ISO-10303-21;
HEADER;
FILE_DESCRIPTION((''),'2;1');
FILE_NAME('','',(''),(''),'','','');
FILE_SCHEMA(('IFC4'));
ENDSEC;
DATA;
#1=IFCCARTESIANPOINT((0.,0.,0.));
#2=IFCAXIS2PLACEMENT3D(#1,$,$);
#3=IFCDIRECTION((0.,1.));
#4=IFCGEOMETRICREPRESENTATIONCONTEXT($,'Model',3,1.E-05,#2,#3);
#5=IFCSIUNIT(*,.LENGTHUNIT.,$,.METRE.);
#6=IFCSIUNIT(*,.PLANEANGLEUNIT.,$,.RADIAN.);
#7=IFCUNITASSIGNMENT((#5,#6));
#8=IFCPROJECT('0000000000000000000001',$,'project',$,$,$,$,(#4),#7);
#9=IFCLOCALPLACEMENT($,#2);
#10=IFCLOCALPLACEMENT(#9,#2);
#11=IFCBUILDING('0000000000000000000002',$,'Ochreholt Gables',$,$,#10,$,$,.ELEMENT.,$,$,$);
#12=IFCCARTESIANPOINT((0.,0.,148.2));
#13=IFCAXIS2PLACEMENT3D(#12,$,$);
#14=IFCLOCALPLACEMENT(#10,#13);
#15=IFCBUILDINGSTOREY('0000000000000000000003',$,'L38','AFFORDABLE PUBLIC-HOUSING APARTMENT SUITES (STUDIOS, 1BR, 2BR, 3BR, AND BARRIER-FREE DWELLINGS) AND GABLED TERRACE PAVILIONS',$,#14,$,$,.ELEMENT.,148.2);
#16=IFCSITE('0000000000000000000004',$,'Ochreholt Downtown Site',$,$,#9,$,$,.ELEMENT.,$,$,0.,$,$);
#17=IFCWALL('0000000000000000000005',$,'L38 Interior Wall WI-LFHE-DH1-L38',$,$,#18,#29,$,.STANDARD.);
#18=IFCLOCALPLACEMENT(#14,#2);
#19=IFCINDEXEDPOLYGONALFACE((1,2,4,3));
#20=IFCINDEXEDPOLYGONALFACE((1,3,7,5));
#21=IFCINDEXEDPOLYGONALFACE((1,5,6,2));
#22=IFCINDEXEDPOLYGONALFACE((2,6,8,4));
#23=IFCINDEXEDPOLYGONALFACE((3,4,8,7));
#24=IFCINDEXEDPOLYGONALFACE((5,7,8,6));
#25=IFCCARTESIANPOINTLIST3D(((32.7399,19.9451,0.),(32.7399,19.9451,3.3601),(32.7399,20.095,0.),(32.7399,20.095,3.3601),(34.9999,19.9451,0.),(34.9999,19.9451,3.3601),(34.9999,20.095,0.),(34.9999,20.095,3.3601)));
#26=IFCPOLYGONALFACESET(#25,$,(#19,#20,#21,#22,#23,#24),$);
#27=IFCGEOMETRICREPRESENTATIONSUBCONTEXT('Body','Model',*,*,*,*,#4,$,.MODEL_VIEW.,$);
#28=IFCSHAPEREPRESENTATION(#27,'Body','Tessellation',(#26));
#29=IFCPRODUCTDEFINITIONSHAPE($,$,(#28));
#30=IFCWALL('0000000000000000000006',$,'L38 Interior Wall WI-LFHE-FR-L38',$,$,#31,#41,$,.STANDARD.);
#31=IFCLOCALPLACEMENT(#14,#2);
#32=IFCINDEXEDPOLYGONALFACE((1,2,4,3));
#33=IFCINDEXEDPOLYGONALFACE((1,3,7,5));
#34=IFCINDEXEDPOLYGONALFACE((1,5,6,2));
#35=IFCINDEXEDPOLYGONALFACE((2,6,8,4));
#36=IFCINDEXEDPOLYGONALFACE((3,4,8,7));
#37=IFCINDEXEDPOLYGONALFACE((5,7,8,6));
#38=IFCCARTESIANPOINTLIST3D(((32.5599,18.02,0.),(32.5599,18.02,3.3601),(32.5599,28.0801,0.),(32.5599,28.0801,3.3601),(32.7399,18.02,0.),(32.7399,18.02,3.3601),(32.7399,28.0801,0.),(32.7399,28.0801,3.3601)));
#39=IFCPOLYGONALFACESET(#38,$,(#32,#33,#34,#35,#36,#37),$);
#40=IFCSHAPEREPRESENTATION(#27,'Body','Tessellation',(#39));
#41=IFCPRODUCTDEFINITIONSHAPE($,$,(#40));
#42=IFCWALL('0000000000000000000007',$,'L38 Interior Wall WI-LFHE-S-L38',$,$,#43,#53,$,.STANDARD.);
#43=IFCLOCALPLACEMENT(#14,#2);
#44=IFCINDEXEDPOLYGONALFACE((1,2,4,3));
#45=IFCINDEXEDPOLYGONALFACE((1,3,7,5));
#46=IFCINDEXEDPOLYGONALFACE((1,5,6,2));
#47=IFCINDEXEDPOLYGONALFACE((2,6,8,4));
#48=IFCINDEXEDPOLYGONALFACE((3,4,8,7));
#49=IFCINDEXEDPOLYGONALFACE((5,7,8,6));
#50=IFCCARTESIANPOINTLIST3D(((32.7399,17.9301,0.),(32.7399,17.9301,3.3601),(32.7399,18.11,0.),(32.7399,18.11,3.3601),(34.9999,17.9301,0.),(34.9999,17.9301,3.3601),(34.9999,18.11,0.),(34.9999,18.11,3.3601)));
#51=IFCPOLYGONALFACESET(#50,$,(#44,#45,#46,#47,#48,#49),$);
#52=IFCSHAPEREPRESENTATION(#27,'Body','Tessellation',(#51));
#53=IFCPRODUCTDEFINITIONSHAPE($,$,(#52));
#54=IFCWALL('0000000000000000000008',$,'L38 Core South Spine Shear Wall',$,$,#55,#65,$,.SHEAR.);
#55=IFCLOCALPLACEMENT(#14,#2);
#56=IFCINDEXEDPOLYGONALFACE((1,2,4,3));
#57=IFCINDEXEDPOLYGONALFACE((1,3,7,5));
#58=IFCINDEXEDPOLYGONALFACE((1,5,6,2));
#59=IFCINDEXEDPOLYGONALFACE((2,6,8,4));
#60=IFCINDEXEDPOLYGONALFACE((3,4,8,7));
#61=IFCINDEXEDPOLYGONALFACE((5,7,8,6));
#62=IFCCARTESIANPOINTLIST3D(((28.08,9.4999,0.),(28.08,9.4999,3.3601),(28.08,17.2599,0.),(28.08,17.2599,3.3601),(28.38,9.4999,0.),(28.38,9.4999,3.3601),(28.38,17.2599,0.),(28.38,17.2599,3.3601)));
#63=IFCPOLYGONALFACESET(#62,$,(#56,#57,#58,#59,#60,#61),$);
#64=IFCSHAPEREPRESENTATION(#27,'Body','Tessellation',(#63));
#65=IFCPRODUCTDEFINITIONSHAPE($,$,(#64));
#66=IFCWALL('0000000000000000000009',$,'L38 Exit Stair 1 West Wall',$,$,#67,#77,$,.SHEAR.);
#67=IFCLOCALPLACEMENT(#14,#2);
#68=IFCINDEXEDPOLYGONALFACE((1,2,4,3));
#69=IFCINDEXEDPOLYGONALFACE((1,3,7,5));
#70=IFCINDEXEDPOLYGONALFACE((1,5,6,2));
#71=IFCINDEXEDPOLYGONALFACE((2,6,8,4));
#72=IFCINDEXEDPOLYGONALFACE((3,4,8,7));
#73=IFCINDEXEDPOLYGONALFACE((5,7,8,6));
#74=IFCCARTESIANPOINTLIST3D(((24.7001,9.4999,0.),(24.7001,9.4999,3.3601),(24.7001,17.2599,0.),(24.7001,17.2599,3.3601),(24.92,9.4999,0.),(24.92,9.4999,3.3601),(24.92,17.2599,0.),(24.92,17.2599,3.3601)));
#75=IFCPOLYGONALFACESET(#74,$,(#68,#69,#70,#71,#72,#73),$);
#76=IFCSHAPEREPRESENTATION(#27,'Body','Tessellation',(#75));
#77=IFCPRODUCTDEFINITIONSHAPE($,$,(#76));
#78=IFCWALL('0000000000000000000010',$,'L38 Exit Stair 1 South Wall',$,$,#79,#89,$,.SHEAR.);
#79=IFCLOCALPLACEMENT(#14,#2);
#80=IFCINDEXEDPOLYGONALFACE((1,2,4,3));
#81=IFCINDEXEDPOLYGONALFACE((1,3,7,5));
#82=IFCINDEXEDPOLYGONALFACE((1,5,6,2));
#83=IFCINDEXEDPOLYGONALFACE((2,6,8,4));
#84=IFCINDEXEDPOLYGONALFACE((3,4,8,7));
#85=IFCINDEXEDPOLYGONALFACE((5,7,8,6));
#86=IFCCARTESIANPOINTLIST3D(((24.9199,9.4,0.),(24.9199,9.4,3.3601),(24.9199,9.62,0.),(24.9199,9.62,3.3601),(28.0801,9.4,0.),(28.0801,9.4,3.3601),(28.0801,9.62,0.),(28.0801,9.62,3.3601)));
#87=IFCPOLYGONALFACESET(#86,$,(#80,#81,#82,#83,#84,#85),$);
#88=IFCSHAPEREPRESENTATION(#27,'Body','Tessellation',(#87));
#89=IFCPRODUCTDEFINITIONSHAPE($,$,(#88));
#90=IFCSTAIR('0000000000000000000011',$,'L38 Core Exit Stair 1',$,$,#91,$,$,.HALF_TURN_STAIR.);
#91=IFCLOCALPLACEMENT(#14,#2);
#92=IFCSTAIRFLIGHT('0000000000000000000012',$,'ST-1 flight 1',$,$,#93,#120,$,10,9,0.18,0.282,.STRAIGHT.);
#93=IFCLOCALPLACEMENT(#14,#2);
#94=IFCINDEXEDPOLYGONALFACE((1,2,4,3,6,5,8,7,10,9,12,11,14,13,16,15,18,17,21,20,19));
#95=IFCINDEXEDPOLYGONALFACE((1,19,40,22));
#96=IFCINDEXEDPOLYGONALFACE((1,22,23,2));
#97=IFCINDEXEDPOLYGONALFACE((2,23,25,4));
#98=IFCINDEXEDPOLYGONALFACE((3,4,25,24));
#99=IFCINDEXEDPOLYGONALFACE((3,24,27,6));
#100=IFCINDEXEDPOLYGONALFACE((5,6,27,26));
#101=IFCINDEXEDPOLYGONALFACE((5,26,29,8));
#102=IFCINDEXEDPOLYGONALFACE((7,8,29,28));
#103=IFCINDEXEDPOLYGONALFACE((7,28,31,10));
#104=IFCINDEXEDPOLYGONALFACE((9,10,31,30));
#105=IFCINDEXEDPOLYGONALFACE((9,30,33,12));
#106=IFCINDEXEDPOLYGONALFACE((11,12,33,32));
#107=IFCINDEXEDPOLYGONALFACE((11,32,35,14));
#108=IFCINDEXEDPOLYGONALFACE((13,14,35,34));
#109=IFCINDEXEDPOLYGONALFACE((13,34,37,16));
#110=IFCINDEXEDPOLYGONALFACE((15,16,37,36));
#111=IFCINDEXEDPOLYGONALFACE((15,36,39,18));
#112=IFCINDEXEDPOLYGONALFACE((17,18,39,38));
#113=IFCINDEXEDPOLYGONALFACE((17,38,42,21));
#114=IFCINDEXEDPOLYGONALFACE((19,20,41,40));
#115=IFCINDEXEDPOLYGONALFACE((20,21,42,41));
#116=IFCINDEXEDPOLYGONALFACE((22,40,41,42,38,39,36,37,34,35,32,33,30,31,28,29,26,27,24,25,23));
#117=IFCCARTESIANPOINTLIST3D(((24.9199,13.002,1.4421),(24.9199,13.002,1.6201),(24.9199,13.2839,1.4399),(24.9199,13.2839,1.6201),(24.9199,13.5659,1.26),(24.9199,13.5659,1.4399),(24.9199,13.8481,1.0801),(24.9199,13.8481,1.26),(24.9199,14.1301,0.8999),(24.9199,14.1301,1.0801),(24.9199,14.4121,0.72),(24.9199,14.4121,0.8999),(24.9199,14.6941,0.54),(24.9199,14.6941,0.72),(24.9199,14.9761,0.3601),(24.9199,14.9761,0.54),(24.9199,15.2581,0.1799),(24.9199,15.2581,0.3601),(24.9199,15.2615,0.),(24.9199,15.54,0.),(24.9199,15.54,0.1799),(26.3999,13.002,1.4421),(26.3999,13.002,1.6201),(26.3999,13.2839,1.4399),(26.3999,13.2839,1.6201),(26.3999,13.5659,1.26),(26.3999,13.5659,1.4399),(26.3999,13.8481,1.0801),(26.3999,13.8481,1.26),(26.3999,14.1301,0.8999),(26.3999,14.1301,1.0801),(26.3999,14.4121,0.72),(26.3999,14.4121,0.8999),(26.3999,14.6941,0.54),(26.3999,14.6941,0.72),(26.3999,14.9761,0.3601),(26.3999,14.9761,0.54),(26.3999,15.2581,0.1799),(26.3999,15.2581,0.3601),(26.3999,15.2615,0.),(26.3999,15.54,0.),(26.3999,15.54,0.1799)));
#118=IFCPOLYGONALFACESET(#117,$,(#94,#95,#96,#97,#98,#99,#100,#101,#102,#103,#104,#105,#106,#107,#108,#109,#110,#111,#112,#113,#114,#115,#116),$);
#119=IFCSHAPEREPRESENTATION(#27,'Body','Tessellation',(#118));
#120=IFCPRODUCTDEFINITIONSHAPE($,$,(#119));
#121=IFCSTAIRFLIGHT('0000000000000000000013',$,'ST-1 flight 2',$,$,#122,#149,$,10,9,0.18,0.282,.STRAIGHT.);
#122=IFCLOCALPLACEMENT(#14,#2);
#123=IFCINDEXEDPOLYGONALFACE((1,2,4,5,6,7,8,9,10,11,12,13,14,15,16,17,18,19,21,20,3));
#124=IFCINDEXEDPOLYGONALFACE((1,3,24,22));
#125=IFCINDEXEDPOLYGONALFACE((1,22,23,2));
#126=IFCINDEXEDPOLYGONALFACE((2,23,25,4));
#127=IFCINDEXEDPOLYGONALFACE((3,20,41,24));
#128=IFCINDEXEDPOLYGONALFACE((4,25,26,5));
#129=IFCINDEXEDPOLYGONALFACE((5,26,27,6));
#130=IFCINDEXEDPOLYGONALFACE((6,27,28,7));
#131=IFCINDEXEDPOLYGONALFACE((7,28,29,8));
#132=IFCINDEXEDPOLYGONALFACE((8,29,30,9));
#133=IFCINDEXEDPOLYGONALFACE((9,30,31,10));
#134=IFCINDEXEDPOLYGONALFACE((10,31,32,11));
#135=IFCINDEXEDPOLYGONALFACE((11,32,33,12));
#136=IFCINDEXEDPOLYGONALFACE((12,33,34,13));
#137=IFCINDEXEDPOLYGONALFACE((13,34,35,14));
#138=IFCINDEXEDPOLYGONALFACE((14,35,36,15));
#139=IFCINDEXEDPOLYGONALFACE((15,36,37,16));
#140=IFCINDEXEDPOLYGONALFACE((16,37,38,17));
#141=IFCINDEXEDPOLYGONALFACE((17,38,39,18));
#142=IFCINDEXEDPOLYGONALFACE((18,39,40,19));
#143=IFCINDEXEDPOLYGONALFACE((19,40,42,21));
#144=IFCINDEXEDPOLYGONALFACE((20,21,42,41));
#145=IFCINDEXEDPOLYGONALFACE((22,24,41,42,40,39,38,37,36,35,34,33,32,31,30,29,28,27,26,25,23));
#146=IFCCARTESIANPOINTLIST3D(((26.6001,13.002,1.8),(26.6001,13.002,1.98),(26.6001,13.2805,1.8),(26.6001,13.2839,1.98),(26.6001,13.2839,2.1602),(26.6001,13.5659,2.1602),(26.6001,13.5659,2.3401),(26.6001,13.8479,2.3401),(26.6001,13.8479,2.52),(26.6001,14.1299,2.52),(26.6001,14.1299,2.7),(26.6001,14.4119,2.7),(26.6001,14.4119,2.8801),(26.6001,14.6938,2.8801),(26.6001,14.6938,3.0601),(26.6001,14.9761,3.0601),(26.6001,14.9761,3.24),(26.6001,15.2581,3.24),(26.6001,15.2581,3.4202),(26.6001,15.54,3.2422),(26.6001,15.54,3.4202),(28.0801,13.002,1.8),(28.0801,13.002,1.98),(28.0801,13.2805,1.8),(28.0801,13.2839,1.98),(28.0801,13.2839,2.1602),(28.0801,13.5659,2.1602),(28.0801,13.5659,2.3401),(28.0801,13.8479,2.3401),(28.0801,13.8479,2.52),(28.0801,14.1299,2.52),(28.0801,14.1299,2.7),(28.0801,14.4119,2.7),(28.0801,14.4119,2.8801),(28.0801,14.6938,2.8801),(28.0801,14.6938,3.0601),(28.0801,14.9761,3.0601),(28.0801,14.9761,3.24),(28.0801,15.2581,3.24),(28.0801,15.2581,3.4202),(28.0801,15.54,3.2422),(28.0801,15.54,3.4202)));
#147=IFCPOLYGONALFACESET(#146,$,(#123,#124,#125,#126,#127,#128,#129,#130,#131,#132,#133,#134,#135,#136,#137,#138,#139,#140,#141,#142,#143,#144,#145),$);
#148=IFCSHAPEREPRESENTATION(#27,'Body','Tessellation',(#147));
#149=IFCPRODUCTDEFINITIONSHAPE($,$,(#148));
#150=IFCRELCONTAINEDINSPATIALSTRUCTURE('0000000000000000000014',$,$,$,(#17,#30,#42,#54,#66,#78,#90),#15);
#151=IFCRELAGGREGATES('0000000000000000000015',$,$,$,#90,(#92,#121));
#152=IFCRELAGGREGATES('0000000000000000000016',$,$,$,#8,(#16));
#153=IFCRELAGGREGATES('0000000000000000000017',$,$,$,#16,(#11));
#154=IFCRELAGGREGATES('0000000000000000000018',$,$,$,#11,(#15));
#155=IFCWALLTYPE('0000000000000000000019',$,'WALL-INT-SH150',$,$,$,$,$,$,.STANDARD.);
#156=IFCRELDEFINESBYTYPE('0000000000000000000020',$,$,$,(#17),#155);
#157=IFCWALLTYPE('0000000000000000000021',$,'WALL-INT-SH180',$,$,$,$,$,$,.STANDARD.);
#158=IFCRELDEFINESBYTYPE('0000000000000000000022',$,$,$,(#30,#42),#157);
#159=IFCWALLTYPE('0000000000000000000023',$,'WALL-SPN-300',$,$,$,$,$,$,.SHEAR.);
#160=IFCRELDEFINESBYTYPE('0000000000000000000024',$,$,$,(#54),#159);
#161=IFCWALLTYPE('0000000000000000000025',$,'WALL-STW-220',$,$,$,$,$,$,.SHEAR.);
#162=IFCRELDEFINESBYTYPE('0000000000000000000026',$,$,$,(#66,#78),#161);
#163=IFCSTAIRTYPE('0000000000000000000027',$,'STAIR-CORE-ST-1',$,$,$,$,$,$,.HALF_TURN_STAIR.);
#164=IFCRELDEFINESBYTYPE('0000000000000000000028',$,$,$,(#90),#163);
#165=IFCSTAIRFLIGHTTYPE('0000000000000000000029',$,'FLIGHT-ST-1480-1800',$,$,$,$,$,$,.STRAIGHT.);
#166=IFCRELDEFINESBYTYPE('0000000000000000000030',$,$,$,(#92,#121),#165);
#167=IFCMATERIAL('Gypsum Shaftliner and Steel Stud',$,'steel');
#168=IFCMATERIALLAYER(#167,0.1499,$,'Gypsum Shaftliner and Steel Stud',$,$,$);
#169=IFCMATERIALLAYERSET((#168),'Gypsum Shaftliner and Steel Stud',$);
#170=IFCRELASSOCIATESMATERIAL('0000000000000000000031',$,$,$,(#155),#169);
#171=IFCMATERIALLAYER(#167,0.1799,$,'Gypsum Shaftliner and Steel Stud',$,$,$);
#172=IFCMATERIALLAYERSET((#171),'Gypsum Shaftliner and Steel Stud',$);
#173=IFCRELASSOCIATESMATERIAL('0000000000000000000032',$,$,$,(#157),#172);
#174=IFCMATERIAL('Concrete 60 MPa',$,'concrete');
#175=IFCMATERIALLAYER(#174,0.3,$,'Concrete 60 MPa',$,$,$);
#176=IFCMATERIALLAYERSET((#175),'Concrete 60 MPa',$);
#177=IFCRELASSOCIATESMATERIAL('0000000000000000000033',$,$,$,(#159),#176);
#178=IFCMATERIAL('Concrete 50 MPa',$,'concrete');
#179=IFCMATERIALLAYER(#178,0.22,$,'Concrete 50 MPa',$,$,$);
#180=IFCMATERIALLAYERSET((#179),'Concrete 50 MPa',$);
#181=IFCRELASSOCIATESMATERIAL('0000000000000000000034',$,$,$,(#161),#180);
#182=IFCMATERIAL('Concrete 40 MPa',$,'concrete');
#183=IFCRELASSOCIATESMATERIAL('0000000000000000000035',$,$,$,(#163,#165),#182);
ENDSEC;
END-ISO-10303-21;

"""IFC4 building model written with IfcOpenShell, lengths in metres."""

from ifc_helpers import new_model, si_unit, direction, frame, frame_2d, origin, place, context, subcontext, project, spatial, polyline, rectangle, outline, extrude, material, layer, layer_set, type_object, element, aggregate, save


model = new_model("IFC4")

# Units and contexts
model_context = context("Model", 3, precision=1e-05, world=origin(), true_north=direction((0.0, 1.0)))
body_context = subcontext(model_context, "Body", "Model", "MODEL_VIEW")
ifc_project = project(units=[si_unit("LENGTHUNIT", "METRE"), si_unit("PLANEANGLEUNIT", "RADIAN")], contexts=[model_context])

# Site, building, storey
site_placement = place(None, origin())
site = spatial("IfcSite", under=ifc_project, at=site_placement, Name="Ochreholt Downtown Site", CompositionType="ELEMENT", RefElevation=0.0)
building_placement = place(site_placement, origin())
building = spatial("IfcBuilding", under=site, at=building_placement, Name="Ochreholt Gables", CompositionType="ELEMENT")
storey_placement = place(building_placement, frame((0.0, 0.0, 148.2)))
storey = spatial("IfcBuildingStorey", under=building, at=storey_placement, Name="L38", Description="AFFORDABLE PUBLIC-HOUSING APARTMENT SUITES (STUDIOS, 1BR, 2BR, 3BR, AND BARRIER-FREE DWELLINGS) AND GABLED TERRACE PAVILIONS", CompositionType="ELEMENT", Elevation=148.2)

# Shared definitions
ifc_material_1 = material(Name="Concrete 50 MPa", Category="concrete")

# Shared definitions
ifc_material_2 = material(Name="Concrete 60 MPa", Category="concrete")
ifc_material_3 = material(Name="Concrete 40 MPa", Category="concrete")

# Walls
ifc_material_4 = material(Name="Gypsum Shaftliner and Steel Stud", Category="steel")
ifc_layer_1 = layer(ifc_material_4, 0.1499, Name="Gypsum Shaftliner and Steel Stud")
ifc_layer_set_1 = layer_set([ifc_layer_1], Name="Gypsum Shaftliner and Steel Stud")
wall_type_1 = type_object("IfcWallType", Name="WALL-INT-SH150", PredefinedType="STANDARD", material=ifc_layer_set_1)
wall_1_placement = place(storey_placement, frame((32.74, 20.02, 0.0), z_axis=(0.0, 0.0, 1.0), x_axis=(1.0, 0.0, 0.0)))
element("IfcWall", 1, at=wall_1_placement, inside=storey, type_object=wall_type_1, Name="L38 Interior Wall WI-LFHE-DH1-L38", PredefinedType="STANDARD", context=body_context, shape_type="SweptSolid", body=[
    extrude(rectangle(XDim=2.26, YDim=0.1499, at=frame_2d((1.1299, 0.0))), origin(), (0.0, 0.0, 1.0), 3.3601),
])
ifc_layer_2 = layer(ifc_material_4, 0.1799, Name="Gypsum Shaftliner and Steel Stud")
ifc_layer_set_2 = layer_set([ifc_layer_2], Name="Gypsum Shaftliner and Steel Stud")
wall_type_2 = type_object("IfcWallType", Name="WALL-INT-SH180", PredefinedType="STANDARD", material=ifc_layer_set_2)
wall_2_placement = place(storey_placement, frame((32.6499, 18.02, 0.0), z_axis=(0.0, 0.0, 1.0), x_axis=(0.0, 1.0, 0.0)))
element("IfcWall", 2, at=wall_2_placement, inside=storey, type_object=wall_type_2, Name="L38 Interior Wall WI-LFHE-FR-L38", PredefinedType="STANDARD", context=body_context, shape_type="SweptSolid", body=[
    extrude(rectangle(XDim=10.0601, YDim=0.1799, at=frame_2d((5.03, 0.0))), origin(), (0.0, 0.0, 1.0), 3.3601),
])
wall_3_placement = place(storey_placement, frame((32.74, 18.02, 0.0), z_axis=(0.0, 0.0, 1.0), x_axis=(1.0, 0.0, 0.0)))
element("IfcWall", 3, at=wall_3_placement, inside=storey, type_object=wall_type_2, Name="L38 Interior Wall WI-LFHE-S-L38", PredefinedType="STANDARD", context=body_context, shape_type="SweptSolid", body=[
    extrude(rectangle(XDim=2.26, YDim=0.1799, at=frame_2d((1.1299, 0.0))), origin(), (0.0, 0.0, 1.0), 3.3601),
])
ifc_layer_3 = layer(ifc_material_2, 0.3, Name="Concrete 60 MPa")
ifc_layer_set_3 = layer_set([ifc_layer_3], Name="Concrete 60 MPa")
wall_type_3 = type_object("IfcWallType", Name="WALL-SPN-300", PredefinedType="SHEAR", material=ifc_layer_set_3)
wall_4_placement = place(storey_placement, frame((28.23, 9.5, 0.0), z_axis=(0.0, 0.0, 1.0), x_axis=(0.0, 1.0, 0.0)))
element("IfcWall", 4, at=wall_4_placement, inside=storey, type_object=wall_type_3, Name="L38 Core South Spine Shear Wall", PredefinedType="SHEAR", context=body_context, shape_type="SweptSolid", body=[
    extrude(rectangle(XDim=7.76, YDim=0.3, at=frame_2d((3.8799, 0.0))), origin(), (0.0, 0.0, 1.0), 3.3601),
])
ifc_layer_4 = layer(ifc_material_1, 0.22, Name="Concrete 50 MPa")
ifc_layer_set_4 = layer_set([ifc_layer_4], Name="Concrete 50 MPa")
wall_type_4 = type_object("IfcWallType", Name="WALL-STW-220", PredefinedType="SHEAR", material=ifc_layer_set_4)
wall_5_placement = place(storey_placement, frame((24.8101, 9.5, 0.0), z_axis=(0.0, 0.0, 1.0), x_axis=(0.0, 1.0, 0.0)))
element("IfcWall", 5, at=wall_5_placement, inside=storey, type_object=wall_type_4, Name="L38 Exit Stair 1 West Wall", PredefinedType="SHEAR", context=body_context, shape_type="SweptSolid", body=[
    extrude(rectangle(XDim=7.76, YDim=0.22, at=frame_2d((3.8799, 0.0))), origin(), (0.0, 0.0, 1.0), 3.3601),
])
wall_6_placement = place(storey_placement, frame((24.9199, 9.51, 0.0), z_axis=(0.0, 0.0, 1.0), x_axis=(1.0, 0.0, 0.0)))
element("IfcWall", 6, at=wall_6_placement, inside=storey, type_object=wall_type_4, Name="L38 Exit Stair 1 South Wall", PredefinedType="SHEAR", context=body_context, shape_type="SweptSolid", body=[
    extrude(rectangle(XDim=3.1602, YDim=0.22, at=frame_2d((1.5801, 0.0))), origin(), (0.0, 0.0, 1.0), 3.3601),
])

# Stair, stair flights
stair_type = type_object("IfcStairType", Name="STAIR-CORE-ST-1", PredefinedType="HALF_TURN_STAIR", material=ifc_material_3)
stair_placement = place(storey_placement, origin())
stair = element("IfcStair", 7, at=stair_placement, inside=storey, type_object=stair_type, Name="L38 Core Exit Stair 1", PredefinedType="HALF_TURN_STAIR")
stair_flight_type = type_object("IfcStairFlightType", Name="FLIGHT-ST-1480-1800", PredefinedType="STRAIGHT", material=ifc_material_3)
stair_flight_1_placement = place(storey_placement, frame((25.6599, 15.54, 0.0), z_axis=(0.0, 0.0, 1.0), x_axis=(0.0, -1.0, 0.0)))
stair_flight_1 = element("IfcStairFlight", 8, at=stair_flight_1_placement, type_object=stair_flight_type, Name="ST-1 flight 1", NumberOfRisers=10, NumberOfTreads=9, PredefinedType="STRAIGHT", RiserHeight=0.18, TreadLength=0.282, context=body_context, shape_type="SweptSolid", body=[
    extrude(outline(polyline([(0.0, 0.0), (0.0, 0.1799), (0.282, 0.1799), (0.282, 0.3601), (0.564, 0.3601), (0.564, 0.54), (0.8459, 0.54), (0.8459, 0.72), (1.1279, 0.72), (1.1279, 0.8999), (1.4099, 0.8999), (1.4099, 1.0801), (1.6919, 1.0801), (1.6919, 1.26), (1.9741, 1.26), (1.9741, 1.4399), (2.2561, 1.4399), (2.2561, 1.6201), (2.5381, 1.6201), (2.5381, 1.8), (2.5381, 1.4421), (0.2786, 0.0), (0.0, 0.0)])), frame((0.0, 0.74, 0.0), z_axis=(0.0, -1.0, 0.0), x_axis=(1.0, 0.0, 0.0)), (0.0, 0.0, 1.0), 1.48),
])
stair_flight_2_placement = place(storey_placement, frame((27.3401, 13.002, 1.8), z_axis=(0.0, 0.0, 1.0), x_axis=(0.0, 1.0, 0.0)))
stair_flight_2 = element("IfcStairFlight", 9, at=stair_flight_2_placement, type_object=stair_flight_type, Name="ST-1 flight 2", NumberOfRisers=10, NumberOfTreads=9, PredefinedType="STRAIGHT", RiserHeight=0.18, TreadLength=0.282, context=body_context, shape_type="SweptSolid", body=[
    extrude(outline(polyline([(0.0, 0.0), (0.0, 0.1799), (0.282, 0.1799), (0.282, 0.3601), (0.564, 0.3601), (0.564, 0.54), (0.8459, 0.54), (0.8459, 0.72), (1.1279, 0.72), (1.1279, 0.8999), (1.4099, 0.8999), (1.4099, 1.0801), (1.6919, 1.0801), (1.6919, 1.26), (1.9741, 1.26), (1.9741, 1.4399), (2.2561, 1.4399), (2.2561, 1.6201), (2.5381, 1.6201), (2.5381, 1.8), (2.5381, 1.4421), (0.2786, 0.0), (0.0, 0.0)])), frame((0.0, 0.74, 0.0), z_axis=(0.0, -1.0, 0.0), x_axis=(1.0, 0.0, 0.0)), (0.0, 0.0, 1.0), 1.48),
])
aggregate(stair, [stair_flight_1, stair_flight_2])

save(model, "model.ifc")
